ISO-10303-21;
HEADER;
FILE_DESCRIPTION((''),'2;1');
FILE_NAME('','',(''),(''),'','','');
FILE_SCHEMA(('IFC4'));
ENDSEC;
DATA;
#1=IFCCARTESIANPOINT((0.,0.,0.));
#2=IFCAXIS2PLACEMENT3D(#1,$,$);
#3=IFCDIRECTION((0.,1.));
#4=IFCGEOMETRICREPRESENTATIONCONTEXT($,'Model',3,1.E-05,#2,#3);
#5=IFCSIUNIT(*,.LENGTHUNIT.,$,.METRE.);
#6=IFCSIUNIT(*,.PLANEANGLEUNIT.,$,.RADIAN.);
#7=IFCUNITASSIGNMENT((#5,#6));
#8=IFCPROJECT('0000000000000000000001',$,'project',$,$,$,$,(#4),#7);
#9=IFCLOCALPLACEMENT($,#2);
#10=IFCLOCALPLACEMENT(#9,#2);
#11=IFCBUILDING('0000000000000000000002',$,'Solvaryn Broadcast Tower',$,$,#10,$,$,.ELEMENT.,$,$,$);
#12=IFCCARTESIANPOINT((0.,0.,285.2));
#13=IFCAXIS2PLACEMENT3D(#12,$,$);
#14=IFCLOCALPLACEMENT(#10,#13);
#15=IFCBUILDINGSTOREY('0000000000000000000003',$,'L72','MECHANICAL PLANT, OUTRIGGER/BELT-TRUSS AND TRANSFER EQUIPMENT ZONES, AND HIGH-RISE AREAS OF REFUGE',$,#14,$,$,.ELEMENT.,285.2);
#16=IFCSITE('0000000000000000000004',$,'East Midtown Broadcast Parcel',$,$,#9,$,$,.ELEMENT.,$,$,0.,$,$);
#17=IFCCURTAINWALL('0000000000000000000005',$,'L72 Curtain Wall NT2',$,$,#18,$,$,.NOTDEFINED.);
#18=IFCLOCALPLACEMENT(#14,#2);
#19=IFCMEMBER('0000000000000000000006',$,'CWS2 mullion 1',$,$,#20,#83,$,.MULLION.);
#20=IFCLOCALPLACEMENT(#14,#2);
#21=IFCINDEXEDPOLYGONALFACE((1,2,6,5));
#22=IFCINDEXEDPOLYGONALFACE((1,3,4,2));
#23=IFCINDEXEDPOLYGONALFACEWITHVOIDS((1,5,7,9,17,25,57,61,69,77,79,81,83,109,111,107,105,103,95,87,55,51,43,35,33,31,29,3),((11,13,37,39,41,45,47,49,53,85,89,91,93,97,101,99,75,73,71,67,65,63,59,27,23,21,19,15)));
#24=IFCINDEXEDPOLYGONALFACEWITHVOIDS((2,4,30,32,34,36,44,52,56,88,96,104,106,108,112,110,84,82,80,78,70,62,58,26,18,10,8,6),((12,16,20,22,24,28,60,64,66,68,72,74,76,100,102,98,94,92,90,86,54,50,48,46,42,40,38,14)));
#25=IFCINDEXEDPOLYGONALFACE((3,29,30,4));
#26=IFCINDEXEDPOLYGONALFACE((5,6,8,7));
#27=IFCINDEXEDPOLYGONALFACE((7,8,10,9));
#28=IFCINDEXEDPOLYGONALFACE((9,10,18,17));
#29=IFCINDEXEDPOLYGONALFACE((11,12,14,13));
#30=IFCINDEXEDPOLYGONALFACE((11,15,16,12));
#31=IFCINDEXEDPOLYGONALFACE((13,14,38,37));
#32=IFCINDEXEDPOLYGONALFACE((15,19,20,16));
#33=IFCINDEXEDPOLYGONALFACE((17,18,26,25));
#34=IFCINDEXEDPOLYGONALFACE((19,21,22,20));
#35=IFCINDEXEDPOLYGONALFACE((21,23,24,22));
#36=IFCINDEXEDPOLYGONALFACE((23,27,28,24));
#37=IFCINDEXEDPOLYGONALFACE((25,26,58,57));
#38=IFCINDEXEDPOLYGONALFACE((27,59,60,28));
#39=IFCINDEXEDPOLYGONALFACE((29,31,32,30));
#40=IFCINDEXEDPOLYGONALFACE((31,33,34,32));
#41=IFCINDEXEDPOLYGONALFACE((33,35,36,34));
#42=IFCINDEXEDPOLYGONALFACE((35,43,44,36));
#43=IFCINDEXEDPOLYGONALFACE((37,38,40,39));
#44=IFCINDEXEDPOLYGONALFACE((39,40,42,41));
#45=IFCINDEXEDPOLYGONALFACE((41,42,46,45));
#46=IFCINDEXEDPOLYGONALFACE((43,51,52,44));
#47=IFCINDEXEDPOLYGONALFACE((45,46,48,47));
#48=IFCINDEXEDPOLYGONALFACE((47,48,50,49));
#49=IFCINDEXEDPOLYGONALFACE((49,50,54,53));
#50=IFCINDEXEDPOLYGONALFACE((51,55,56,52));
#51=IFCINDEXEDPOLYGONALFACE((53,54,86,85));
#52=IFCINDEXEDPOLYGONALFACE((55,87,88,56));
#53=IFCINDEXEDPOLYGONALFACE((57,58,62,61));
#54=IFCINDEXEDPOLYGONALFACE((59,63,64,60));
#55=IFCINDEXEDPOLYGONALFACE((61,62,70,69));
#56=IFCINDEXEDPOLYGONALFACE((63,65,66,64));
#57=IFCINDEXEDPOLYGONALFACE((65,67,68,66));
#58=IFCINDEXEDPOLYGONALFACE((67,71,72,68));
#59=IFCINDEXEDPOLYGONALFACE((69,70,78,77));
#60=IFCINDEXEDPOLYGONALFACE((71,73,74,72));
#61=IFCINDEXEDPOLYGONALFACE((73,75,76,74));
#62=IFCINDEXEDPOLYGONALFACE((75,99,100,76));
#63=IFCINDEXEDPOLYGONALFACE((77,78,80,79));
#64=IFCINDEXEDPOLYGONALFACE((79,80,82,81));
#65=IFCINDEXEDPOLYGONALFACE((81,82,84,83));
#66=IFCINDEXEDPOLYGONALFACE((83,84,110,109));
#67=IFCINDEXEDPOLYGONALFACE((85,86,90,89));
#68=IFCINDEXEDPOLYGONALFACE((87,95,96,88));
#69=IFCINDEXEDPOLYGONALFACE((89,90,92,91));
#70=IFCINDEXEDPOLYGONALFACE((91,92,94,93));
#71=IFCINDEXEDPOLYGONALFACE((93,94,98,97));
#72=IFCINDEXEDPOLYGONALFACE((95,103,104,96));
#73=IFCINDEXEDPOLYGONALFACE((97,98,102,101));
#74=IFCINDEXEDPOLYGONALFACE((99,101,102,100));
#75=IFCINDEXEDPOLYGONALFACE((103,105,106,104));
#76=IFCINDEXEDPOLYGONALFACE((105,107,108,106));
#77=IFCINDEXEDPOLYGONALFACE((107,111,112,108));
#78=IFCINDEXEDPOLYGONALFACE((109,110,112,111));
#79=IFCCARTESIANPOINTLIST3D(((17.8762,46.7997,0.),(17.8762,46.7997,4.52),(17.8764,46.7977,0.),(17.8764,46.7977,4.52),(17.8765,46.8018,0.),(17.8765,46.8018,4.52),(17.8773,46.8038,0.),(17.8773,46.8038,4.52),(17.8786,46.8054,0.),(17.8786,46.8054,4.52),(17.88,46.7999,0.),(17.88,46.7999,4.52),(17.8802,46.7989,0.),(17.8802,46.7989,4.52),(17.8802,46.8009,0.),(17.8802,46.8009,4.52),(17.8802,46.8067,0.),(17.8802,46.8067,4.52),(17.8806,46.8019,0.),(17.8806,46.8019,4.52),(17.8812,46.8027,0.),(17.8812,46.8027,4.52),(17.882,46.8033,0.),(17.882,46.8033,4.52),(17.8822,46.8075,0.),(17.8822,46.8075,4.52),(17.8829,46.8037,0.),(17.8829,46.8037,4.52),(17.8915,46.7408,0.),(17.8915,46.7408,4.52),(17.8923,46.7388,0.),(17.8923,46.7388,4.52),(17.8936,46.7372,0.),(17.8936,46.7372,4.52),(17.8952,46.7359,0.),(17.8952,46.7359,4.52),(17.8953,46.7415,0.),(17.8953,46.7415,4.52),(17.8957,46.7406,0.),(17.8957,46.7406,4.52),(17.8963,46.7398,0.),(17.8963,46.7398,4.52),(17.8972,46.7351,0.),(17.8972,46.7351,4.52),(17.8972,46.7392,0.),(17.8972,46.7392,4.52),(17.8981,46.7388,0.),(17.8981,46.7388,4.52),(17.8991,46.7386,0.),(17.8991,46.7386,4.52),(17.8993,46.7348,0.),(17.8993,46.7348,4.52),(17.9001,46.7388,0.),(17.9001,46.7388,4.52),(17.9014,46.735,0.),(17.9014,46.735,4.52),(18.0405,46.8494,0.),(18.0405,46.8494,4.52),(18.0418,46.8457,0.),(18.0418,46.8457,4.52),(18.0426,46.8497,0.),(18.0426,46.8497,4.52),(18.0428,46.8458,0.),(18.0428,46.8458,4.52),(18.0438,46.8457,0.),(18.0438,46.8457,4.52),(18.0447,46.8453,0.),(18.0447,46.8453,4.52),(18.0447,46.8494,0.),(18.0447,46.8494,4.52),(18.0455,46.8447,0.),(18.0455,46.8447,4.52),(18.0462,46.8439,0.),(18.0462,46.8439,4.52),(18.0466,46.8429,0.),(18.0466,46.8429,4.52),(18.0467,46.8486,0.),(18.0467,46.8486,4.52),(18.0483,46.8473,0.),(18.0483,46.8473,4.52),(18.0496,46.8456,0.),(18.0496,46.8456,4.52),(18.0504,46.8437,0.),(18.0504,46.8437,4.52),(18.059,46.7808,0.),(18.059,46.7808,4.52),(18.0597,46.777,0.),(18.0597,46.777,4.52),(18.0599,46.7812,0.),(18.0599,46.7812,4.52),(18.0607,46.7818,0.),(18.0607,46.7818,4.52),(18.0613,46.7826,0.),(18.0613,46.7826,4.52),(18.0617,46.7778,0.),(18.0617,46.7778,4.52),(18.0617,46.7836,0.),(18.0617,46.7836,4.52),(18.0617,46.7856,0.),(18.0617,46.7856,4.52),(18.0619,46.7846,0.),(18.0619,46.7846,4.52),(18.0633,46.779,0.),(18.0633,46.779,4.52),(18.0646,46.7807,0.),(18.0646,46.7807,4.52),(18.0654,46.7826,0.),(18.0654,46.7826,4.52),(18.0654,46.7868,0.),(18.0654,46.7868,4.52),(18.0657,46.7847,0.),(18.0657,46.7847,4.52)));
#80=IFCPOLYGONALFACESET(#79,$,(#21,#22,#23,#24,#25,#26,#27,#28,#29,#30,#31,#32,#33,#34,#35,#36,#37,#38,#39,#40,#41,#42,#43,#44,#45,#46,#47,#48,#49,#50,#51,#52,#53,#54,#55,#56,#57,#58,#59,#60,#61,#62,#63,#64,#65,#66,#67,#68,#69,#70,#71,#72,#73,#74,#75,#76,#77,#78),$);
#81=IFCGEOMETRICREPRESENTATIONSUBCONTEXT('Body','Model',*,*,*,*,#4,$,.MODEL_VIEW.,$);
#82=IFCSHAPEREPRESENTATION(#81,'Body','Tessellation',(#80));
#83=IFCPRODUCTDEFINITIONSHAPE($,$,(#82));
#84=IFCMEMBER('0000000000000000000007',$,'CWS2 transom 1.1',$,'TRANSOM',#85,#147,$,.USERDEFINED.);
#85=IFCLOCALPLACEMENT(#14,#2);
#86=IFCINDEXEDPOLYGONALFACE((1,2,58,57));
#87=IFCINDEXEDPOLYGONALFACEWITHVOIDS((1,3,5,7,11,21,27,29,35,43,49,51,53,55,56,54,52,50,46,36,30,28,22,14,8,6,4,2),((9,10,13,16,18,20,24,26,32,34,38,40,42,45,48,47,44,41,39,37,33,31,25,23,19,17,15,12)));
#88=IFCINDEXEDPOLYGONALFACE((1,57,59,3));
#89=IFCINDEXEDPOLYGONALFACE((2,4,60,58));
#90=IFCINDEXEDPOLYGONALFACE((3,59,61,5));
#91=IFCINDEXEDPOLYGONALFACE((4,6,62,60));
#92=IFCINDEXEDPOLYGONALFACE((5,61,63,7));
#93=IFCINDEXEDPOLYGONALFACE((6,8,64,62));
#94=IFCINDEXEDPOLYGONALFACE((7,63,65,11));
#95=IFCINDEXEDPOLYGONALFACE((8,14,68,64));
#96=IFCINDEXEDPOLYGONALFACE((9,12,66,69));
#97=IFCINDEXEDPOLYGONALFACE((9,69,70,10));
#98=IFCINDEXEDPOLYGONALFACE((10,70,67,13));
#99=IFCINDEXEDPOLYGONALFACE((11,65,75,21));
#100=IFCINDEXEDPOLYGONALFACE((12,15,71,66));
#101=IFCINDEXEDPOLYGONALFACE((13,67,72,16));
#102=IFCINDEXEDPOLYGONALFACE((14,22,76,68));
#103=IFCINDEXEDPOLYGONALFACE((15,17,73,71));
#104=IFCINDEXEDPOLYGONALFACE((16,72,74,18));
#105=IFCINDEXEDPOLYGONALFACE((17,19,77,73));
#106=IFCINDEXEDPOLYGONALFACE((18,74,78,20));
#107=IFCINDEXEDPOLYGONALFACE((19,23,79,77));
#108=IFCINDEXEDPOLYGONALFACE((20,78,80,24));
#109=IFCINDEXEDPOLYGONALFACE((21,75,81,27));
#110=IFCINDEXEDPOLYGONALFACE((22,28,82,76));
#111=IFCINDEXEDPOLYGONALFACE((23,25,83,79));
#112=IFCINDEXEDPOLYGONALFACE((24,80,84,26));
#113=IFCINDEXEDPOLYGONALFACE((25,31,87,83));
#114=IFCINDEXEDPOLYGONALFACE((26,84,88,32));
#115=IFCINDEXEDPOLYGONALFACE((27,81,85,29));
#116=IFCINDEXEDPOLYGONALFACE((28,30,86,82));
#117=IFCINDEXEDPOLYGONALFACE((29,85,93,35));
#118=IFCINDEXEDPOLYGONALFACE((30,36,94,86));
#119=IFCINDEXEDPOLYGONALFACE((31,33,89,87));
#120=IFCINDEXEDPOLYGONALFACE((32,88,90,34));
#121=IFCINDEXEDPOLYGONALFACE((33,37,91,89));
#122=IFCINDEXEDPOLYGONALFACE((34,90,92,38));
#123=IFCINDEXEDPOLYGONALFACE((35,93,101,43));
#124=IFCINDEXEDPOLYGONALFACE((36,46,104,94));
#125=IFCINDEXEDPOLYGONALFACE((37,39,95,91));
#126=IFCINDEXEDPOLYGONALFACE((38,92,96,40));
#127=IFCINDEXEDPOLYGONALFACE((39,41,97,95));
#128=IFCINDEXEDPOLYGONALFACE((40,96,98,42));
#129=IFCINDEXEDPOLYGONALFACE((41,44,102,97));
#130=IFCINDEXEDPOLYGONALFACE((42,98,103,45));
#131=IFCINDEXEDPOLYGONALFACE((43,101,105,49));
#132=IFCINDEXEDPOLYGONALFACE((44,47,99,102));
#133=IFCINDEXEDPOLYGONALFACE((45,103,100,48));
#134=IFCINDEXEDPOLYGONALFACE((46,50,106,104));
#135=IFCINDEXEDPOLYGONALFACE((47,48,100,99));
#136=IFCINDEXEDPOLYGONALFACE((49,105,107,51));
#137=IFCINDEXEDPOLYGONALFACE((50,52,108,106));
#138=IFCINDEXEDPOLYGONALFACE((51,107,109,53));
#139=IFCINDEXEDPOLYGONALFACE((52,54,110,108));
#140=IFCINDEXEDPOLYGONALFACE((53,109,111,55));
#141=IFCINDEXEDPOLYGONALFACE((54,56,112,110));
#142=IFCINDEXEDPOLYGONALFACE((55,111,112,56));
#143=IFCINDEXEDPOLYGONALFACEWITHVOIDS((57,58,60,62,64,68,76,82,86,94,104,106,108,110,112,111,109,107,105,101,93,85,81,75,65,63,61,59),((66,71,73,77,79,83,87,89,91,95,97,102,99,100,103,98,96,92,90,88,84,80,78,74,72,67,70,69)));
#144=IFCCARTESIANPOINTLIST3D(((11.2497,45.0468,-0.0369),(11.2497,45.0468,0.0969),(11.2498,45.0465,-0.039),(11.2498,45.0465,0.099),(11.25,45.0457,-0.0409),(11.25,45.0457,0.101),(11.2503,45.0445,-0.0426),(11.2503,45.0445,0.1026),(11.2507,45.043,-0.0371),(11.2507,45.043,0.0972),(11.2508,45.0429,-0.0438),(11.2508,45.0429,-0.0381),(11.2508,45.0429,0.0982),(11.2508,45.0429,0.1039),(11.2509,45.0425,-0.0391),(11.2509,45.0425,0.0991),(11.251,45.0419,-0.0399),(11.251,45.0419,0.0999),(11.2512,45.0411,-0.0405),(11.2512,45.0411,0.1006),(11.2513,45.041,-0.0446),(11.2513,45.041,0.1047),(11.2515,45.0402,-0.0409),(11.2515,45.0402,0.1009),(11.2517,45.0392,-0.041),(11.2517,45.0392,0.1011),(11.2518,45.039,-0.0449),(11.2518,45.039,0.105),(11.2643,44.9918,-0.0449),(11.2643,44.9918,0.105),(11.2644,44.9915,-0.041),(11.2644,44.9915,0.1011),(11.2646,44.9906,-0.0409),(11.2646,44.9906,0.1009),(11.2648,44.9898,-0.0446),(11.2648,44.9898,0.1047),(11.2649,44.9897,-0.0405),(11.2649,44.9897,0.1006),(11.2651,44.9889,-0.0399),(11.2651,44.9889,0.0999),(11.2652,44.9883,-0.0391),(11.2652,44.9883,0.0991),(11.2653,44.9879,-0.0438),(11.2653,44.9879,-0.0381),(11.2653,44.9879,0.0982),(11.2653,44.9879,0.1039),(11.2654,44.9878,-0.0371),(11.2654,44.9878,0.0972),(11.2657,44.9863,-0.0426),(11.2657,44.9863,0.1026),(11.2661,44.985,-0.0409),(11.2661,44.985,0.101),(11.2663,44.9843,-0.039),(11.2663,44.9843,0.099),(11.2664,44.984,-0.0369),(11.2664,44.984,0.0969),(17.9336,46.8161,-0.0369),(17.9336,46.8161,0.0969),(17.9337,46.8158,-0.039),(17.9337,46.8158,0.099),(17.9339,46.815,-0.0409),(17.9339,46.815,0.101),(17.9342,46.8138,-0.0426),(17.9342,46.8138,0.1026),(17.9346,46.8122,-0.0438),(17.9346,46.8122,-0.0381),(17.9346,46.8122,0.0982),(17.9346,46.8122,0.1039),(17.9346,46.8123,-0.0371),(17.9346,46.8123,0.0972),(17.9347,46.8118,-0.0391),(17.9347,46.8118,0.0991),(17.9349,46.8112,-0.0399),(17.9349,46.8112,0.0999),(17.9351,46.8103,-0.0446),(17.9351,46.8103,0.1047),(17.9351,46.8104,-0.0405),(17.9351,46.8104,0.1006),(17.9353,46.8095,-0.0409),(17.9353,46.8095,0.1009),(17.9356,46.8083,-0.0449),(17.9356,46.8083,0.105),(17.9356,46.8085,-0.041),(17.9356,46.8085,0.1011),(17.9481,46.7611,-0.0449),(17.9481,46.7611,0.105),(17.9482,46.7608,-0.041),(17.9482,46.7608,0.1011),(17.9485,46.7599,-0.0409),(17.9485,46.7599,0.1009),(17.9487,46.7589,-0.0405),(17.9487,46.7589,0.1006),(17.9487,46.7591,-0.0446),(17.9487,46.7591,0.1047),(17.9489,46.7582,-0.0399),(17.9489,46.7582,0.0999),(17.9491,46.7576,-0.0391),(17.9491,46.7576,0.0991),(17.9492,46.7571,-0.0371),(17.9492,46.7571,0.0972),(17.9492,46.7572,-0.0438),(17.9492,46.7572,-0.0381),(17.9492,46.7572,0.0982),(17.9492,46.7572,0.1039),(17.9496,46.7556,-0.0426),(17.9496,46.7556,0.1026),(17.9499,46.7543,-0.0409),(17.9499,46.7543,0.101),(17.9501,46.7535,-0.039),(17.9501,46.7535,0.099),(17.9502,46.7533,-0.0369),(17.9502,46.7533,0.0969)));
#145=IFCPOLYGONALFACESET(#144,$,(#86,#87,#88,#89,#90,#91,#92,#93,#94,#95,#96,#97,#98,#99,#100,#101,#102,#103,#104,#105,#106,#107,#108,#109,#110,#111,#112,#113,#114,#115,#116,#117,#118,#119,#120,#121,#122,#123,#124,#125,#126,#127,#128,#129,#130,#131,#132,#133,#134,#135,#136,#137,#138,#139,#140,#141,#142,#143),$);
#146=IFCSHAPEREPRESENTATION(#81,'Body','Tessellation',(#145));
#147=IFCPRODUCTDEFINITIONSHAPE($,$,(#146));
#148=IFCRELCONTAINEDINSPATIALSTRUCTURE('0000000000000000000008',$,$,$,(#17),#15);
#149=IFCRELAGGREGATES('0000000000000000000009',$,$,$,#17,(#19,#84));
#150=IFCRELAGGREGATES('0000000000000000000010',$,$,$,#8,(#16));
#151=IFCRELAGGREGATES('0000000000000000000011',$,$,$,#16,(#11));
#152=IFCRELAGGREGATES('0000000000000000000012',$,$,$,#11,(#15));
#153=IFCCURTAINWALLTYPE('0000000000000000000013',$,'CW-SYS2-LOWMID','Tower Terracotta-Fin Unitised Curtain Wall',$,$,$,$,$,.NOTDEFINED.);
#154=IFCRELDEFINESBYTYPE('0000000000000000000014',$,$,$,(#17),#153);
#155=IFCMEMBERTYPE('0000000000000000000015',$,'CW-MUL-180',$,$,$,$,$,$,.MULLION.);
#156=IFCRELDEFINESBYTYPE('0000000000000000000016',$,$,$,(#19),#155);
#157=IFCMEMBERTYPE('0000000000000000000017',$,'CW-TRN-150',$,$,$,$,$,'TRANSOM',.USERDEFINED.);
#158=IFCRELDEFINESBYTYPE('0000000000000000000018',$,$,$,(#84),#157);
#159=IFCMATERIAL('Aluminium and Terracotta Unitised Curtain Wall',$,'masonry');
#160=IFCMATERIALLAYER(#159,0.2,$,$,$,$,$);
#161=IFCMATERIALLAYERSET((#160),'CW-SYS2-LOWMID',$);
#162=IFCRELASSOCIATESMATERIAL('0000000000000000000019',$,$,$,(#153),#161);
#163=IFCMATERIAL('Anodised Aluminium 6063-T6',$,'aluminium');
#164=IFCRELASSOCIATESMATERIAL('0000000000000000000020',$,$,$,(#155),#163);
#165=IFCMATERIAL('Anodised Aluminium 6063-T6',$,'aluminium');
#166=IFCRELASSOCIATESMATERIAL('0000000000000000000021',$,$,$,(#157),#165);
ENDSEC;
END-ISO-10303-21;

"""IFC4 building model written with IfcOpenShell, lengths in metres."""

from ifc_helpers import new_model, si_unit, direction, frame, origin, origin_2d, place, context, subcontext, project, spatial, hollow_rectangle, extrude, material, layer, layer_set, material_profile, profile_set, type_object, element, aggregate, save


model = new_model("IFC4")

# Units and contexts
model_context = context("Model", 3, precision=1e-05, world=origin(), true_north=direction((0.0, 1.0)))
body_context = subcontext(model_context, "Body", "Model", "MODEL_VIEW")
ifc_project = project(units=[si_unit("LENGTHUNIT", "METRE"), si_unit("PLANEANGLEUNIT", "RADIAN")], contexts=[model_context])

# Site, building, storey
site_placement = place(None, origin())
site = spatial("IfcSite", under=ifc_project, at=site_placement, Name="East Midtown Broadcast Parcel", CompositionType="ELEMENT", RefElevation=0.0)
building_placement = place(site_placement, origin())
building = spatial("IfcBuilding", under=site, at=building_placement, Name="Solvaryn Broadcast Tower", CompositionType="ELEMENT")
storey_placement = place(building_placement, frame((0.0, 0.0, 285.2)))
storey = spatial("IfcBuildingStorey", under=building, at=storey_placement, Name="L72", Description="MECHANICAL PLANT, OUTRIGGER/BELT-TRUSS AND TRANSFER EQUIPMENT ZONES, AND HIGH-RISE AREAS OF REFUGE", CompositionType="ELEMENT", Elevation=285.2)

# Shared definitions
ifc_material_1 = material(Name="Aluminium and Terracotta Unitised Curtain Wall", Category="masonry")
ifc_layer_1 = layer(ifc_material_1, 0.2)
ifc_layer_set_1 = layer_set([ifc_layer_1], Name="CW-SYS2-LOWMID")
curtain_wall_type = type_object("IfcCurtainWallType", Name="CW-SYS2-LOWMID", Description="Tower Terracotta-Fin Unitised Curtain Wall", PredefinedType="NOTDEFINED", material=ifc_layer_set_1)
ifc_material_2 = material(Name="Anodised Aluminium 6063-T6", Category="aluminium")
ifc_material_profile_1 = material_profile(ifc_material_2, hollow_rectangle(XDim=0.075, YDim=0.1799, WallThickness=0.0039, InnerFilletRadius=0.0039, OuterFilletRadius=0.0081, at=origin_2d()))
ifc_profile_set_1 = profile_set([ifc_material_profile_1], Name="Anodised Aluminium 6063-T6")
member_type_1 = type_object("IfcMemberType", Name="CW-MUL-180", PredefinedType="MULLION", material=ifc_profile_set_1)

# Curtain wall, members
curtain_wall_1_placement = place(storey_placement, origin())
curtain_wall_1 = element("IfcCurtainWall", 1, at=curtain_wall_1_placement, inside=storey, type_object=curtain_wall_type, Name="L72 Curtain Wall NT2", PredefinedType="NOTDEFINED")
member_1_placement = place(storey_placement, frame((17.9709, 46.7922, 0.0), z_axis=(0.0, 0.0, 1.0), x_axis=(0.255893, -0.966705, 0.0)))
member_1 = element("IfcMember", 2, at=member_1_placement, type_object=member_type_1, Name="CWS2 mullion 1", PredefinedType="MULLION", context=body_context, shape_type="SweptSolid", body=[
    extrude(hollow_rectangle(XDim=0.075, YDim=0.1799, WallThickness=0.0039, InnerFilletRadius=0.0039, OuterFilletRadius=0.0081, at=origin_2d()), origin(), (0.0, 0.0, 1.0), 4.52),
])
ifc_material_3 = material(Name="Anodised Aluminium 6063-T6", Category="aluminium")
ifc_material_profile_2 = material_profile(ifc_material_3, hollow_rectangle(XDim=0.0649, YDim=0.1499, WallThickness=0.0039, InnerFilletRadius=0.0039, OuterFilletRadius=0.0081, at=origin_2d()))
ifc_profile_set_2 = profile_set([ifc_material_profile_2], Name="Anodised Aluminium 6063-T6")
member_type_2 = type_object("IfcMemberType", Name="CW-TRN-150", ElementType="TRANSOM", PredefinedType="USERDEFINED", material=ifc_profile_set_2)
member_2_placement = place(storey_placement, frame((17.9419, 46.7847, 0.03), z_axis=(-0.966704, -0.255897, 0.0), x_axis=(0.255897, -0.966704, 0.0)))
member_2 = element("IfcMember", 3, at=member_2_placement, type_object=member_type_2, Name="CWS2 transom 1.1", ObjectType="TRANSOM", PredefinedType="USERDEFINED", context=body_context, shape_type="SweptSolid", body=[
    extrude(hollow_rectangle(XDim=0.0649, YDim=0.1499, WallThickness=0.0039, InnerFilletRadius=0.0039, OuterFilletRadius=0.0081, at=origin_2d()), origin(), (0.0, 0.0, 1.0), 6.9141),
])
aggregate(curtain_wall_1, [member_1, member_2])

save(model, "model.ifc")
